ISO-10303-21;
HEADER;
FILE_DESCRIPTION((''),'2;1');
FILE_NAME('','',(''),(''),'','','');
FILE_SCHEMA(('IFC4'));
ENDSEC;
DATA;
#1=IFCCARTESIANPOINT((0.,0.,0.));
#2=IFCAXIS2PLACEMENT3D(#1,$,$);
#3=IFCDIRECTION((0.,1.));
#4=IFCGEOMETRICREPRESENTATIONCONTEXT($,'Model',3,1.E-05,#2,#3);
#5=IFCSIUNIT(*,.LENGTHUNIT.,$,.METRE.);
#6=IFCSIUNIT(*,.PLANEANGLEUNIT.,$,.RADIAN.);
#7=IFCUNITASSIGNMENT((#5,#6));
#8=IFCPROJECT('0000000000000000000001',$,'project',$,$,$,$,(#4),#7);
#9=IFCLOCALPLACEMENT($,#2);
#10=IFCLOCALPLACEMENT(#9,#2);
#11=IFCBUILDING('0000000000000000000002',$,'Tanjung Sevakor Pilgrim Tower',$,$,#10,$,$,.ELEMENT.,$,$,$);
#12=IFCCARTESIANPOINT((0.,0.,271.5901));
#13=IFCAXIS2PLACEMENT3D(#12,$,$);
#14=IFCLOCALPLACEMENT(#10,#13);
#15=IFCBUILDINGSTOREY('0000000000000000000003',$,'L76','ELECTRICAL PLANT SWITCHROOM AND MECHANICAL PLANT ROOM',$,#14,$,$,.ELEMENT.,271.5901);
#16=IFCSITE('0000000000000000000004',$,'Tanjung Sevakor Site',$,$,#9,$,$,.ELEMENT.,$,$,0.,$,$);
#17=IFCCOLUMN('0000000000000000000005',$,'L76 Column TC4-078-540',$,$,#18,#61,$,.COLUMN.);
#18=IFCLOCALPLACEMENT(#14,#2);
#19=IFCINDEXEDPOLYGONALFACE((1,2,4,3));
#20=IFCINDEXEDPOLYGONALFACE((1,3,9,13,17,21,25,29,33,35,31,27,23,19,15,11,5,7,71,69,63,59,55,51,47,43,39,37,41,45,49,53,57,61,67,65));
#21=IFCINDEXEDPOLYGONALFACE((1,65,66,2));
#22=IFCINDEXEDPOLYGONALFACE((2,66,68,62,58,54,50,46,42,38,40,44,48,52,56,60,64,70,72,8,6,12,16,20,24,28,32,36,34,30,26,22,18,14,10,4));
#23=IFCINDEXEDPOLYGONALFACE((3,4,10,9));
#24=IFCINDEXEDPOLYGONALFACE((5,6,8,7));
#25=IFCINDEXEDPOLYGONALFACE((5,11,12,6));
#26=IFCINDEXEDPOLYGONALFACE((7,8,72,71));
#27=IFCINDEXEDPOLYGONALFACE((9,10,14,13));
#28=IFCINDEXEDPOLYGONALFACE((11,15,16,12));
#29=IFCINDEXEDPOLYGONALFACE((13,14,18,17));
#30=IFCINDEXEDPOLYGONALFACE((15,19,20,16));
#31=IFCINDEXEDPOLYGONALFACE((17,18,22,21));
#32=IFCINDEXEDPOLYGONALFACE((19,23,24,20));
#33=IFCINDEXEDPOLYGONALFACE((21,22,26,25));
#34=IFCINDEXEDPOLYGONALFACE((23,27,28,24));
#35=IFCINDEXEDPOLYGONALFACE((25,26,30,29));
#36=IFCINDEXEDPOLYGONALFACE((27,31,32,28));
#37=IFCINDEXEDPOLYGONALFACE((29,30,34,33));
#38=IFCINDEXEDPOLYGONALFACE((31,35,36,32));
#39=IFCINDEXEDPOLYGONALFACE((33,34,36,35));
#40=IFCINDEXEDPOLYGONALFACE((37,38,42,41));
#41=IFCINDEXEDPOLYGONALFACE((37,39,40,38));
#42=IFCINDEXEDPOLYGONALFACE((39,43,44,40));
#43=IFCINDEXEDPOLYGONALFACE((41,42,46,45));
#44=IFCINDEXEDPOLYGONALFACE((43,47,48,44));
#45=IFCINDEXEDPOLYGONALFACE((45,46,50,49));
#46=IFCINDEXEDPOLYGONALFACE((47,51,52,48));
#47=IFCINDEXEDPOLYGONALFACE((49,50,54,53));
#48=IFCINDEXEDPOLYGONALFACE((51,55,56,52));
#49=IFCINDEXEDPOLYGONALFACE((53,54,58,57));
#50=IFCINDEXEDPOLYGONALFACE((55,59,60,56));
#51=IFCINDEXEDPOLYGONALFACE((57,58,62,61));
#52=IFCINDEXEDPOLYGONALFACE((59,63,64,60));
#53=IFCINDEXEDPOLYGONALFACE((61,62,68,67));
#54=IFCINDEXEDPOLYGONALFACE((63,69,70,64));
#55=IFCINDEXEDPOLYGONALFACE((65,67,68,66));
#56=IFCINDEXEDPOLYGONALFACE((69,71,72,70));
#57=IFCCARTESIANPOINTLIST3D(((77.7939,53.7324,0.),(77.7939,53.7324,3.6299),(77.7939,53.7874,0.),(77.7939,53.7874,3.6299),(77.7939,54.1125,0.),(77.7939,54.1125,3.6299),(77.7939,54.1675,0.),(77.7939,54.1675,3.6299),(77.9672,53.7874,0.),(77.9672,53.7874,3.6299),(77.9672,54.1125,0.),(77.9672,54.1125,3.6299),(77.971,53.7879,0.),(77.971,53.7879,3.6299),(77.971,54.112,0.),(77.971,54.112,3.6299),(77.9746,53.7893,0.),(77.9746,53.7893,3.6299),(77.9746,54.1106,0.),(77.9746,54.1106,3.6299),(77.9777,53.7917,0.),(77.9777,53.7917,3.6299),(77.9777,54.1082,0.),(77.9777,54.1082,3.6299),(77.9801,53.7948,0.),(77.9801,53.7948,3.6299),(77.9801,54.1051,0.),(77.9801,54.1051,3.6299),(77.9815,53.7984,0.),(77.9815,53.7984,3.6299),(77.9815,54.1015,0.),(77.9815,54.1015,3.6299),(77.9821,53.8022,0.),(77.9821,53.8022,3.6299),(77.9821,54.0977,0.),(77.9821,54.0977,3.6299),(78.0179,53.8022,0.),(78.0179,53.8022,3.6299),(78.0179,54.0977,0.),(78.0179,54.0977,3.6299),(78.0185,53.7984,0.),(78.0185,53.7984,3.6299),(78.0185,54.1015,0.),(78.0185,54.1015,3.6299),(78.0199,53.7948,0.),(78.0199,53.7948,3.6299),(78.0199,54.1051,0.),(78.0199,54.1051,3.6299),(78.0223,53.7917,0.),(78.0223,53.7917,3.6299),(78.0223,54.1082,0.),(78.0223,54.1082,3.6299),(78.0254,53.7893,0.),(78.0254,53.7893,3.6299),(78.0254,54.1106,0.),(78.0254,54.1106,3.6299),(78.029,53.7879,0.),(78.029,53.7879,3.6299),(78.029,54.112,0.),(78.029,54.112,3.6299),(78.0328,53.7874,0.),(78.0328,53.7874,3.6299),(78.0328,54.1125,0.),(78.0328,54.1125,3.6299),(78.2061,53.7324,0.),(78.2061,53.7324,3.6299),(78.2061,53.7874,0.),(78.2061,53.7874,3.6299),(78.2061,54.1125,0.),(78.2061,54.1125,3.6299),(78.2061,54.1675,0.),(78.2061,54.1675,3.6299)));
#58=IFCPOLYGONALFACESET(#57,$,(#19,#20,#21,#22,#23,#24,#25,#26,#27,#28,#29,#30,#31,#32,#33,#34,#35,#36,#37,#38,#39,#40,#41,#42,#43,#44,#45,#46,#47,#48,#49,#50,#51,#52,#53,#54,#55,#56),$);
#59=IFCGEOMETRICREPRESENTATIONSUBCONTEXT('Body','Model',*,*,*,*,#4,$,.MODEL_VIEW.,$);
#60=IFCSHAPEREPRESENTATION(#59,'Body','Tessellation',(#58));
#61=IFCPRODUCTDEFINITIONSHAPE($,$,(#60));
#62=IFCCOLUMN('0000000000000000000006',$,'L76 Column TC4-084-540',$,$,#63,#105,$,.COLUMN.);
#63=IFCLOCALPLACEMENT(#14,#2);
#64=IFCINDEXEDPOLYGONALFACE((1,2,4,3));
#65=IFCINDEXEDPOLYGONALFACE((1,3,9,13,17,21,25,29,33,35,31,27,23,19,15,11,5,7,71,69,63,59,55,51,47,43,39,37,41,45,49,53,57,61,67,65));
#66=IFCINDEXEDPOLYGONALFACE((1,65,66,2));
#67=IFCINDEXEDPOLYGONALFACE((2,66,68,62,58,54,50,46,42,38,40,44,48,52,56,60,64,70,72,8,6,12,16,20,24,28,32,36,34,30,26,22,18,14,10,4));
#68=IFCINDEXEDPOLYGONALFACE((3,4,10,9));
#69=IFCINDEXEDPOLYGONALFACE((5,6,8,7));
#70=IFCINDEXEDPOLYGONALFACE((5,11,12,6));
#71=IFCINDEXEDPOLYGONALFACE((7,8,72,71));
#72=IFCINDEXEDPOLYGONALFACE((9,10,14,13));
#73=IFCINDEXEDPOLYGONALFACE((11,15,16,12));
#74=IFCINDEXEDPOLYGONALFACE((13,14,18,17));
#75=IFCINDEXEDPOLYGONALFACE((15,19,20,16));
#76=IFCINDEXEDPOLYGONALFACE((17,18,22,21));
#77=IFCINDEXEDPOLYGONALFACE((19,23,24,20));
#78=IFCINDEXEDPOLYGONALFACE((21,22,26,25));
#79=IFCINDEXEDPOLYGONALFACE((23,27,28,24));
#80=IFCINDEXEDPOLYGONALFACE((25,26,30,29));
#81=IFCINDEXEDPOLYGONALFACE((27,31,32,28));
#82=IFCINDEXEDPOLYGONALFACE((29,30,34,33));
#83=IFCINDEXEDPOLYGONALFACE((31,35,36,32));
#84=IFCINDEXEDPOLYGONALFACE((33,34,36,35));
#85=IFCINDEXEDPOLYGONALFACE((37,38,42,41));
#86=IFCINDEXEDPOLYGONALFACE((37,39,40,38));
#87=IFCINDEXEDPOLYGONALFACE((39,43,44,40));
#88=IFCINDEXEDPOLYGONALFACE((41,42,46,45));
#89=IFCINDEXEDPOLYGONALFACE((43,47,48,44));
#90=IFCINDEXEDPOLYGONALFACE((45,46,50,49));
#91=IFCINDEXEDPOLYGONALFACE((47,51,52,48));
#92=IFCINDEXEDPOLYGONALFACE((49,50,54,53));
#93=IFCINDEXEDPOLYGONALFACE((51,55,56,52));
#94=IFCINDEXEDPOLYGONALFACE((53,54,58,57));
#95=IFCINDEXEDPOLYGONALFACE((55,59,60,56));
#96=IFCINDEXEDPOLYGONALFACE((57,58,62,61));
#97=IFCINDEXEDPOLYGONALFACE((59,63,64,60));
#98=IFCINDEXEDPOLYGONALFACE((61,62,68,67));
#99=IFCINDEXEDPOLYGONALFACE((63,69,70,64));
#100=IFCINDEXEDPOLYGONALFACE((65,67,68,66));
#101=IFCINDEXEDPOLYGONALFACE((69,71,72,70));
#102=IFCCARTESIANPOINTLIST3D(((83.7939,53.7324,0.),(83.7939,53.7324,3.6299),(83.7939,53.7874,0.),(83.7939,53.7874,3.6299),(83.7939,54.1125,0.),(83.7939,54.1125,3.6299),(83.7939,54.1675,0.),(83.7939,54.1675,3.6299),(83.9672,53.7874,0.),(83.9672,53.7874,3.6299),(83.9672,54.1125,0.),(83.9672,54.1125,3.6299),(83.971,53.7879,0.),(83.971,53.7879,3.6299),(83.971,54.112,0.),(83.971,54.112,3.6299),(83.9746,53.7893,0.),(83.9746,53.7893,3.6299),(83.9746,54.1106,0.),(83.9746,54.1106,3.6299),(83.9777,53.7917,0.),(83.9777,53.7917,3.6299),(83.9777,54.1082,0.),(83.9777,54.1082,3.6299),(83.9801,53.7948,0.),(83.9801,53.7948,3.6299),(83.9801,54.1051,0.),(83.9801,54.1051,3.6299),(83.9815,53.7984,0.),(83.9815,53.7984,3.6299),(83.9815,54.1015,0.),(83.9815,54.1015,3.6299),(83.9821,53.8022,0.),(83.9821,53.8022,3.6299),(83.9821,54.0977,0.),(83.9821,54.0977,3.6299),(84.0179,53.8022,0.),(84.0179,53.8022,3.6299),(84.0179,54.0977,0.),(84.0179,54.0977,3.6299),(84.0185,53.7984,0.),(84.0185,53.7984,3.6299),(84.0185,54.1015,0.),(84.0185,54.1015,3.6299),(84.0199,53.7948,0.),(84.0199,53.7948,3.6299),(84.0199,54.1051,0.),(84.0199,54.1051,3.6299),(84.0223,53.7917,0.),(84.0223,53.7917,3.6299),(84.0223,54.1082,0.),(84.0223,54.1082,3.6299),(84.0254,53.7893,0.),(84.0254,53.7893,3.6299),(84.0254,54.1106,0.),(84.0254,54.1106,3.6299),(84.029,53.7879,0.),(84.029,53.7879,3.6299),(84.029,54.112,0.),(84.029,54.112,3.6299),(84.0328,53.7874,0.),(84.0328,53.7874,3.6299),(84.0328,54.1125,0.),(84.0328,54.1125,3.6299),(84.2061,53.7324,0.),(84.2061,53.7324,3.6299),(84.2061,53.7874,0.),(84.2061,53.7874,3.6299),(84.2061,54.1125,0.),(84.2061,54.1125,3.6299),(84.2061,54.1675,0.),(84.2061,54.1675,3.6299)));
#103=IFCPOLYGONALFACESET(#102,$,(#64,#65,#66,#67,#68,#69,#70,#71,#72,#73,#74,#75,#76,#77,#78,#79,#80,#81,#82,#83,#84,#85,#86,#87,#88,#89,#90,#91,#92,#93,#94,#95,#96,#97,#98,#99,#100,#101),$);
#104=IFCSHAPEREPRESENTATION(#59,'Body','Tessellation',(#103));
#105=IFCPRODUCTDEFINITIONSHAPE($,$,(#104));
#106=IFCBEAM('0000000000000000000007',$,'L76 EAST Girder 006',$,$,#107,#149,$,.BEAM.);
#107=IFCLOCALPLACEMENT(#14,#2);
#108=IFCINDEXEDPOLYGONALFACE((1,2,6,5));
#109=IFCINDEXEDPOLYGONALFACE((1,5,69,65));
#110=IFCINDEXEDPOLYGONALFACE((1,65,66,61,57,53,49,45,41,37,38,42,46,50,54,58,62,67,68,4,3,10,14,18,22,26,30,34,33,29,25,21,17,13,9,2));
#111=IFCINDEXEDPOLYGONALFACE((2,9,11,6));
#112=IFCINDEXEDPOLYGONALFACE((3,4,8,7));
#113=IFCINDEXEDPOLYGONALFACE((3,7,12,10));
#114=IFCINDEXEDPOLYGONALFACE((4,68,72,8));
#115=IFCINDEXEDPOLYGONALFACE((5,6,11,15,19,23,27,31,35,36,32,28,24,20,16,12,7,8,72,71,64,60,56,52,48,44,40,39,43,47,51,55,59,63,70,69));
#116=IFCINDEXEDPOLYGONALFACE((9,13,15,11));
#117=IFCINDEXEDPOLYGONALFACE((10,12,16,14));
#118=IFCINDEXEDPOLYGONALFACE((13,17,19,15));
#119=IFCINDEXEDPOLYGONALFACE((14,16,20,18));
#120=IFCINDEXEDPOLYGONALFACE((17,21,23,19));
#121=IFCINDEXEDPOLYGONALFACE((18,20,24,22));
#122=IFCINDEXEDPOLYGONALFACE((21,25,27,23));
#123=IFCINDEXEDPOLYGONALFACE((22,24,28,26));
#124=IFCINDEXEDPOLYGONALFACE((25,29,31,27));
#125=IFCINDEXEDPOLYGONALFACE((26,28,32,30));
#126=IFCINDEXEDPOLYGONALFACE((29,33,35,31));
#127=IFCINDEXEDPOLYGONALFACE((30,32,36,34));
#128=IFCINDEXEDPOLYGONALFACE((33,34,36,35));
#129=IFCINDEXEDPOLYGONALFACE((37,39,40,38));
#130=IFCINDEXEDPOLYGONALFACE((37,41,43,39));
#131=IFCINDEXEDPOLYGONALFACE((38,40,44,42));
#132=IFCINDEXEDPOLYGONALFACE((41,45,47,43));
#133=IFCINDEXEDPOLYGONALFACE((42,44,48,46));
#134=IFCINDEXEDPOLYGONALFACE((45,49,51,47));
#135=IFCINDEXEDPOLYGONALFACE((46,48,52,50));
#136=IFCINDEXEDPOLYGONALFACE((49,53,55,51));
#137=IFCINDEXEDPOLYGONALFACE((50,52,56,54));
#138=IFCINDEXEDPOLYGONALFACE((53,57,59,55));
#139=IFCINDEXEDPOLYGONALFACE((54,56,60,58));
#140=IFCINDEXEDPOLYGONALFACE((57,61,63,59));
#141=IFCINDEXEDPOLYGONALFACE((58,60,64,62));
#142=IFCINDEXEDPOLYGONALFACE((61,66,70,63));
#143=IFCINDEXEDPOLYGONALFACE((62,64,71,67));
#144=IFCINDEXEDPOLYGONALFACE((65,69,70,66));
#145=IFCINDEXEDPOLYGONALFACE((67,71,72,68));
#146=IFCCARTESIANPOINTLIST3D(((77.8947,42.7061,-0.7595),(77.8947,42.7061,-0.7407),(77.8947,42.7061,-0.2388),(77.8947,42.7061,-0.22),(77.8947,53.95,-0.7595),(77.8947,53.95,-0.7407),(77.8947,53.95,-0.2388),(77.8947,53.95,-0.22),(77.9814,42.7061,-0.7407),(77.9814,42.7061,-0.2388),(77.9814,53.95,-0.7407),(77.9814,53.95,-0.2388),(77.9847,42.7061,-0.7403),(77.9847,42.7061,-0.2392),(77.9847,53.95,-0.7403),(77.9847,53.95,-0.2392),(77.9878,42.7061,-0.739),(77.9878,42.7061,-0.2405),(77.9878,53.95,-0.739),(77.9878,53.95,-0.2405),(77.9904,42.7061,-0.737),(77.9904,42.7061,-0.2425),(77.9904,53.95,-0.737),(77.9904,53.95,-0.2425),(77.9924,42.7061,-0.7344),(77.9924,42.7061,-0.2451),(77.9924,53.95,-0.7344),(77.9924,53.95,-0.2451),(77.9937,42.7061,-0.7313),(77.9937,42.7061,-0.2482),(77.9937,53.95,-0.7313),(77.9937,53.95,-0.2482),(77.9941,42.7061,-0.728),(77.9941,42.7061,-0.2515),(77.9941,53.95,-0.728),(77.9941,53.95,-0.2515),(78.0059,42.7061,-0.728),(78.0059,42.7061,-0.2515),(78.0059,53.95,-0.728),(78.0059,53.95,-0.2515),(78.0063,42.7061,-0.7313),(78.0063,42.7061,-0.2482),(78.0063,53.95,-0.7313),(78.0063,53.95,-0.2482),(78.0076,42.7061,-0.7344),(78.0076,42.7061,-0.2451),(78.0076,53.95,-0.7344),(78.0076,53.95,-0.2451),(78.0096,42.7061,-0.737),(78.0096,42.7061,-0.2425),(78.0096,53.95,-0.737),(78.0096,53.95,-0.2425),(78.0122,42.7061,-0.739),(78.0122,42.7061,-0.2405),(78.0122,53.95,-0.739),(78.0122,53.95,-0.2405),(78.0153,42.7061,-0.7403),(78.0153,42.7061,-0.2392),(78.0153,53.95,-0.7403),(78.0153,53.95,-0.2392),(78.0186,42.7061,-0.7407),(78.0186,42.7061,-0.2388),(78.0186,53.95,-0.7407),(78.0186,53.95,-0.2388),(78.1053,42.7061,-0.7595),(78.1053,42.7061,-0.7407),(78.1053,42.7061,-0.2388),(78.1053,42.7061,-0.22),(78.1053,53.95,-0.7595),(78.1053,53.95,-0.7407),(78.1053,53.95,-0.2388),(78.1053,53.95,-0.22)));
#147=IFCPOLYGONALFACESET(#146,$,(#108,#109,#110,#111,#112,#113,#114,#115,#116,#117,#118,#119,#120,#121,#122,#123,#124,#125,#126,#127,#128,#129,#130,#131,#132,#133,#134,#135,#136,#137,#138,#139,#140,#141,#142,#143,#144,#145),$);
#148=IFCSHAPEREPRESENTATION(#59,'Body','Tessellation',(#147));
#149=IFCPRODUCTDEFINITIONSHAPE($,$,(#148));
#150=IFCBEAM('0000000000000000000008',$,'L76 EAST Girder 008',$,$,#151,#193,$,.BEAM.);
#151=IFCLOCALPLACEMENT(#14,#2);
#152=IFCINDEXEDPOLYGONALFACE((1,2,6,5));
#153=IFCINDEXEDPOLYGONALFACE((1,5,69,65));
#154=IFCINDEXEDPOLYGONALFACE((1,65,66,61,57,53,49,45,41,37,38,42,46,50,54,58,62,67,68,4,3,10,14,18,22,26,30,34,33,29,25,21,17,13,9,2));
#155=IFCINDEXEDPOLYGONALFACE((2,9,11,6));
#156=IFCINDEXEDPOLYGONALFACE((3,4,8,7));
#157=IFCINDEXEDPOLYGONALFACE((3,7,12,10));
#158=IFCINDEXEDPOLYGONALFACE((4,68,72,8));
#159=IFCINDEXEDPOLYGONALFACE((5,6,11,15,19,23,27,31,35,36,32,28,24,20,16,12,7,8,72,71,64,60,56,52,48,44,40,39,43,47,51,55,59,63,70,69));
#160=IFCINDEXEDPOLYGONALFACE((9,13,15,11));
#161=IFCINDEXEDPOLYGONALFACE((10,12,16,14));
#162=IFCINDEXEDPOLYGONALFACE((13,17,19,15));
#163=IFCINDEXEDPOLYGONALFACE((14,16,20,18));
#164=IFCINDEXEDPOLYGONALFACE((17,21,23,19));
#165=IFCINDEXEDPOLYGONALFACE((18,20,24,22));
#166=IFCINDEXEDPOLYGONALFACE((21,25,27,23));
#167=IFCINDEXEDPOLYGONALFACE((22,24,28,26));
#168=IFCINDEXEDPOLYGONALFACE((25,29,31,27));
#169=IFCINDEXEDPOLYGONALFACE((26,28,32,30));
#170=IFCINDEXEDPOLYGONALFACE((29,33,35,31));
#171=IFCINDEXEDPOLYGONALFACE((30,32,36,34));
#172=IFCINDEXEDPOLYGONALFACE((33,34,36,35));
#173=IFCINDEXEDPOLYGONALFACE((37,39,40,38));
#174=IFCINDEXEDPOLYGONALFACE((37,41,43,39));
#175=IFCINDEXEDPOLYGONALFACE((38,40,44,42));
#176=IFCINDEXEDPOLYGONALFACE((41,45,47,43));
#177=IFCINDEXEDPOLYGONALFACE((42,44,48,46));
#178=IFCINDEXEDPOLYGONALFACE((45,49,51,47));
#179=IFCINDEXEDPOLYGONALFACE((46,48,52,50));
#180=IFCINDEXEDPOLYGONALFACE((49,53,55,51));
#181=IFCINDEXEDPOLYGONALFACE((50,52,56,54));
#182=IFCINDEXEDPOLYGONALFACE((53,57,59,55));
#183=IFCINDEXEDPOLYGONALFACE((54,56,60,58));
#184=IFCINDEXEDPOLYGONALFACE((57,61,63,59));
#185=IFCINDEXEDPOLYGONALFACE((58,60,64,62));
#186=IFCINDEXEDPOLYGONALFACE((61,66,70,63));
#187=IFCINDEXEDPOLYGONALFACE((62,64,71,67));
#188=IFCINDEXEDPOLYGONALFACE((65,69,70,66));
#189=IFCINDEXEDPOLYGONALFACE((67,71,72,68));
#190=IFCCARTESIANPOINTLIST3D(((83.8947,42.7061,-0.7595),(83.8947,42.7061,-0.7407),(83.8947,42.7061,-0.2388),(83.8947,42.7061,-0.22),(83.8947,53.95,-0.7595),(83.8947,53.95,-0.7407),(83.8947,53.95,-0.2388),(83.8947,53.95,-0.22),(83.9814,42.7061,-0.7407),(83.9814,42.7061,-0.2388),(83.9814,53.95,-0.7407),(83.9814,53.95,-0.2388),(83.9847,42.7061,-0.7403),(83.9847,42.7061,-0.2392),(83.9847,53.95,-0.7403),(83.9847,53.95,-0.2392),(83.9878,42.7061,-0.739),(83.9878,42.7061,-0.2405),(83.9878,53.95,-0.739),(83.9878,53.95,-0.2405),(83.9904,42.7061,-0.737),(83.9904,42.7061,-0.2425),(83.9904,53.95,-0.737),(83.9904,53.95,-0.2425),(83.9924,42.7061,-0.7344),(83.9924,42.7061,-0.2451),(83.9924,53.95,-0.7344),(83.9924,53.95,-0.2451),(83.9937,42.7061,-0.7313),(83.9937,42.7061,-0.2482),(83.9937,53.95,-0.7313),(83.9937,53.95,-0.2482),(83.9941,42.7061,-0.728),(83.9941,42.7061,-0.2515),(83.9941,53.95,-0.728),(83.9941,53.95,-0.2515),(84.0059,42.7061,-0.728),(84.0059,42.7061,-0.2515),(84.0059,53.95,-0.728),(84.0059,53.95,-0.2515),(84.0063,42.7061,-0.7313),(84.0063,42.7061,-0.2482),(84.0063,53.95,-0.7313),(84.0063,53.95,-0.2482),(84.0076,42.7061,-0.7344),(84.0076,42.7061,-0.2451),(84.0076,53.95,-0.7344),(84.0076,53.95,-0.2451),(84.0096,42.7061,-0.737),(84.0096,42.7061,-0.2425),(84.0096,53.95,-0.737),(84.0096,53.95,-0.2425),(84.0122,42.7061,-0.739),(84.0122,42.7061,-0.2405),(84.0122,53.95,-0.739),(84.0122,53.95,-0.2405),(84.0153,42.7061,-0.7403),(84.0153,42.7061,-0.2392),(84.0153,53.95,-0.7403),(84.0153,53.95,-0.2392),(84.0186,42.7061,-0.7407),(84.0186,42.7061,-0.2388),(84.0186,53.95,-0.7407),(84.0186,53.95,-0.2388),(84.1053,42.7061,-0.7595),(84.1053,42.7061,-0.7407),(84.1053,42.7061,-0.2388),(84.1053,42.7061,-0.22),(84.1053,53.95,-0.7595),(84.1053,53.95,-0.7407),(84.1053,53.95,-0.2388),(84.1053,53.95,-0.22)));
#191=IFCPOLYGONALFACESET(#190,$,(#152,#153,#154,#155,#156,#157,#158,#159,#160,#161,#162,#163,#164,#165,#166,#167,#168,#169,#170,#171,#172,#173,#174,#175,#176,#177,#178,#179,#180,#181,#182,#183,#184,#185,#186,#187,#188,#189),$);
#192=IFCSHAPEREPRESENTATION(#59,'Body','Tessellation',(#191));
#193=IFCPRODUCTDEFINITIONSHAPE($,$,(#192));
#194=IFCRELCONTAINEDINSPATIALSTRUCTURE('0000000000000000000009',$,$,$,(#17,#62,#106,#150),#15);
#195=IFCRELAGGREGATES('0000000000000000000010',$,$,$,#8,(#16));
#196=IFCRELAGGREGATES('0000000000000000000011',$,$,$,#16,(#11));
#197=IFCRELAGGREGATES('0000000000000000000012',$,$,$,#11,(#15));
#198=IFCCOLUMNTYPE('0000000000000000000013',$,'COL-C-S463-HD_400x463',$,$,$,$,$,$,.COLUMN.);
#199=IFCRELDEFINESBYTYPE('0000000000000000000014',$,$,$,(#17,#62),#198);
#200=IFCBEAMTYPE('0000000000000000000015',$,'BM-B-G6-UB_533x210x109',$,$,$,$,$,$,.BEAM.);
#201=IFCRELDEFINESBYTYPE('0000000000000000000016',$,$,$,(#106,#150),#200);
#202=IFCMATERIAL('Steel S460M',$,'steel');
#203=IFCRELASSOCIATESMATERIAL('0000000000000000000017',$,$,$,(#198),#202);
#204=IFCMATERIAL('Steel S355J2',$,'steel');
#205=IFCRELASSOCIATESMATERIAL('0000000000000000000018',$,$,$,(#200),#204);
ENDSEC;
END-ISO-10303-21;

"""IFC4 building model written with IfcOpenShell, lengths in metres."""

from ifc_helpers import new_model, si_unit, direction, frame, origin, origin_2d, place, context, subcontext, project, spatial, i_section, extrude, material, material_profile, profile_set, type_object, element, save


model = new_model("IFC4")

# Units and contexts
model_context = context("Model", 3, precision=1e-05, world=origin(), true_north=direction((0.0, 1.0)))
body_context = subcontext(model_context, "Body", "Model", "MODEL_VIEW")
ifc_project = project(units=[si_unit("LENGTHUNIT", "METRE"), si_unit("PLANEANGLEUNIT", "RADIAN")], contexts=[model_context])

# Site, building, storey
site_placement = place(None, origin())
site = spatial("IfcSite", under=ifc_project, at=site_placement, Name="Tanjung Sevakor Site", CompositionType="ELEMENT", RefElevation=0.0)
building_placement = place(site_placement, origin())
building = spatial("IfcBuilding", under=site, at=building_placement, Name="Tanjung Sevakor Pilgrim Tower", CompositionType="ELEMENT")
storey_placement = place(building_placement, frame((0.0, 0.0, 271.5901)))
storey = spatial("IfcBuildingStorey", under=building, at=storey_placement, Name="L76", Description="ELECTRICAL PLANT SWITCHROOM AND MECHANICAL PLANT ROOM", CompositionType="ELEMENT", Elevation=271.5901)

# Columns
ifc_material_1 = material(Name="Steel S460M", Category="steel")
ifc_material_profile_1 = material_profile(ifc_material_1, i_section(OverallWidth=0.4121, OverallDepth=0.4351, WebThickness=0.0359, FlangeThickness=0.0549, FilletRadius=0.0149, at=origin_2d()))
ifc_profile_set_1 = profile_set([ifc_material_profile_1], Name="Steel S460M")
column_type = type_object("IfcColumnType", Name="COL-C-S463-HD_400x463", PredefinedType="COLUMN", material=ifc_profile_set_1)
for number, where, z_axis, x_axis, name in (
    (1, (78.0, 53.95, 0.0), (0.0, 0.0, 1.0), (1.0, 0.0, 0.0), "L76 Column TC4-078-540"),
    (2, (84.0, 53.95, 0.0), (0.0, 0.0, 1.0), (1.0, 0.0, 0.0), "L76 Column TC4-084-540"),
):
    element("IfcColumn", number, at=place(storey_placement, frame(where, z_axis=z_axis, x_axis=x_axis)), inside=storey, type_object=column_type, Name=name, PredefinedType="COLUMN", context=body_context, shape_type="SweptSolid", body=[
        extrude(i_section(OverallWidth=0.4121, OverallDepth=0.4351, WebThickness=0.0359, FlangeThickness=0.0549, FilletRadius=0.0149, at=origin_2d()), origin(), (0.0, 0.0, 1.0), 3.6299),
    ])

# Beams
ifc_material_2 = material(Name="Steel S355J2", Category="steel")
ifc_material_profile_2 = material_profile(ifc_material_2, i_section(OverallWidth=0.2107, OverallDepth=0.5396, WebThickness=0.0117, FlangeThickness=0.0188, FilletRadius=0.0127, at=origin_2d()))
ifc_profile_set_2 = profile_set([ifc_material_profile_2], Name="Steel S355J2")
beam_type_1 = type_object("IfcBeamType", Name="BM-B-G6-UB_533x210x109", PredefinedType="BEAM", material=ifc_profile_set_2)
for number, where, z_axis, x_axis, name in (
    (3, (78.0, 42.7061, -0.4897), (0.0, 1.0, 0.0), (-1.0, 0.0, 0.0), "L76 EAST Girder 006"),
    (4, (84.0, 42.7061, -0.4897), (0.0, 1.0, 0.0), (-1.0, 0.0, 0.0), "L76 EAST Girder 008"),
):
    element("IfcBeam", number, at=place(storey_placement, frame(where, z_axis=z_axis, x_axis=x_axis)), inside=storey, type_object=beam_type_1, Name=name, PredefinedType="BEAM", context=body_context, shape_type="SweptSolid", body=[
        extrude(i_section(OverallWidth=0.2107, OverallDepth=0.5396, WebThickness=0.0117, FlangeThickness=0.0188, FilletRadius=0.0127, at=origin_2d()), origin(), (0.0, 0.0, 1.0), 11.2439),
    ])

save(model, "model.ifc")
